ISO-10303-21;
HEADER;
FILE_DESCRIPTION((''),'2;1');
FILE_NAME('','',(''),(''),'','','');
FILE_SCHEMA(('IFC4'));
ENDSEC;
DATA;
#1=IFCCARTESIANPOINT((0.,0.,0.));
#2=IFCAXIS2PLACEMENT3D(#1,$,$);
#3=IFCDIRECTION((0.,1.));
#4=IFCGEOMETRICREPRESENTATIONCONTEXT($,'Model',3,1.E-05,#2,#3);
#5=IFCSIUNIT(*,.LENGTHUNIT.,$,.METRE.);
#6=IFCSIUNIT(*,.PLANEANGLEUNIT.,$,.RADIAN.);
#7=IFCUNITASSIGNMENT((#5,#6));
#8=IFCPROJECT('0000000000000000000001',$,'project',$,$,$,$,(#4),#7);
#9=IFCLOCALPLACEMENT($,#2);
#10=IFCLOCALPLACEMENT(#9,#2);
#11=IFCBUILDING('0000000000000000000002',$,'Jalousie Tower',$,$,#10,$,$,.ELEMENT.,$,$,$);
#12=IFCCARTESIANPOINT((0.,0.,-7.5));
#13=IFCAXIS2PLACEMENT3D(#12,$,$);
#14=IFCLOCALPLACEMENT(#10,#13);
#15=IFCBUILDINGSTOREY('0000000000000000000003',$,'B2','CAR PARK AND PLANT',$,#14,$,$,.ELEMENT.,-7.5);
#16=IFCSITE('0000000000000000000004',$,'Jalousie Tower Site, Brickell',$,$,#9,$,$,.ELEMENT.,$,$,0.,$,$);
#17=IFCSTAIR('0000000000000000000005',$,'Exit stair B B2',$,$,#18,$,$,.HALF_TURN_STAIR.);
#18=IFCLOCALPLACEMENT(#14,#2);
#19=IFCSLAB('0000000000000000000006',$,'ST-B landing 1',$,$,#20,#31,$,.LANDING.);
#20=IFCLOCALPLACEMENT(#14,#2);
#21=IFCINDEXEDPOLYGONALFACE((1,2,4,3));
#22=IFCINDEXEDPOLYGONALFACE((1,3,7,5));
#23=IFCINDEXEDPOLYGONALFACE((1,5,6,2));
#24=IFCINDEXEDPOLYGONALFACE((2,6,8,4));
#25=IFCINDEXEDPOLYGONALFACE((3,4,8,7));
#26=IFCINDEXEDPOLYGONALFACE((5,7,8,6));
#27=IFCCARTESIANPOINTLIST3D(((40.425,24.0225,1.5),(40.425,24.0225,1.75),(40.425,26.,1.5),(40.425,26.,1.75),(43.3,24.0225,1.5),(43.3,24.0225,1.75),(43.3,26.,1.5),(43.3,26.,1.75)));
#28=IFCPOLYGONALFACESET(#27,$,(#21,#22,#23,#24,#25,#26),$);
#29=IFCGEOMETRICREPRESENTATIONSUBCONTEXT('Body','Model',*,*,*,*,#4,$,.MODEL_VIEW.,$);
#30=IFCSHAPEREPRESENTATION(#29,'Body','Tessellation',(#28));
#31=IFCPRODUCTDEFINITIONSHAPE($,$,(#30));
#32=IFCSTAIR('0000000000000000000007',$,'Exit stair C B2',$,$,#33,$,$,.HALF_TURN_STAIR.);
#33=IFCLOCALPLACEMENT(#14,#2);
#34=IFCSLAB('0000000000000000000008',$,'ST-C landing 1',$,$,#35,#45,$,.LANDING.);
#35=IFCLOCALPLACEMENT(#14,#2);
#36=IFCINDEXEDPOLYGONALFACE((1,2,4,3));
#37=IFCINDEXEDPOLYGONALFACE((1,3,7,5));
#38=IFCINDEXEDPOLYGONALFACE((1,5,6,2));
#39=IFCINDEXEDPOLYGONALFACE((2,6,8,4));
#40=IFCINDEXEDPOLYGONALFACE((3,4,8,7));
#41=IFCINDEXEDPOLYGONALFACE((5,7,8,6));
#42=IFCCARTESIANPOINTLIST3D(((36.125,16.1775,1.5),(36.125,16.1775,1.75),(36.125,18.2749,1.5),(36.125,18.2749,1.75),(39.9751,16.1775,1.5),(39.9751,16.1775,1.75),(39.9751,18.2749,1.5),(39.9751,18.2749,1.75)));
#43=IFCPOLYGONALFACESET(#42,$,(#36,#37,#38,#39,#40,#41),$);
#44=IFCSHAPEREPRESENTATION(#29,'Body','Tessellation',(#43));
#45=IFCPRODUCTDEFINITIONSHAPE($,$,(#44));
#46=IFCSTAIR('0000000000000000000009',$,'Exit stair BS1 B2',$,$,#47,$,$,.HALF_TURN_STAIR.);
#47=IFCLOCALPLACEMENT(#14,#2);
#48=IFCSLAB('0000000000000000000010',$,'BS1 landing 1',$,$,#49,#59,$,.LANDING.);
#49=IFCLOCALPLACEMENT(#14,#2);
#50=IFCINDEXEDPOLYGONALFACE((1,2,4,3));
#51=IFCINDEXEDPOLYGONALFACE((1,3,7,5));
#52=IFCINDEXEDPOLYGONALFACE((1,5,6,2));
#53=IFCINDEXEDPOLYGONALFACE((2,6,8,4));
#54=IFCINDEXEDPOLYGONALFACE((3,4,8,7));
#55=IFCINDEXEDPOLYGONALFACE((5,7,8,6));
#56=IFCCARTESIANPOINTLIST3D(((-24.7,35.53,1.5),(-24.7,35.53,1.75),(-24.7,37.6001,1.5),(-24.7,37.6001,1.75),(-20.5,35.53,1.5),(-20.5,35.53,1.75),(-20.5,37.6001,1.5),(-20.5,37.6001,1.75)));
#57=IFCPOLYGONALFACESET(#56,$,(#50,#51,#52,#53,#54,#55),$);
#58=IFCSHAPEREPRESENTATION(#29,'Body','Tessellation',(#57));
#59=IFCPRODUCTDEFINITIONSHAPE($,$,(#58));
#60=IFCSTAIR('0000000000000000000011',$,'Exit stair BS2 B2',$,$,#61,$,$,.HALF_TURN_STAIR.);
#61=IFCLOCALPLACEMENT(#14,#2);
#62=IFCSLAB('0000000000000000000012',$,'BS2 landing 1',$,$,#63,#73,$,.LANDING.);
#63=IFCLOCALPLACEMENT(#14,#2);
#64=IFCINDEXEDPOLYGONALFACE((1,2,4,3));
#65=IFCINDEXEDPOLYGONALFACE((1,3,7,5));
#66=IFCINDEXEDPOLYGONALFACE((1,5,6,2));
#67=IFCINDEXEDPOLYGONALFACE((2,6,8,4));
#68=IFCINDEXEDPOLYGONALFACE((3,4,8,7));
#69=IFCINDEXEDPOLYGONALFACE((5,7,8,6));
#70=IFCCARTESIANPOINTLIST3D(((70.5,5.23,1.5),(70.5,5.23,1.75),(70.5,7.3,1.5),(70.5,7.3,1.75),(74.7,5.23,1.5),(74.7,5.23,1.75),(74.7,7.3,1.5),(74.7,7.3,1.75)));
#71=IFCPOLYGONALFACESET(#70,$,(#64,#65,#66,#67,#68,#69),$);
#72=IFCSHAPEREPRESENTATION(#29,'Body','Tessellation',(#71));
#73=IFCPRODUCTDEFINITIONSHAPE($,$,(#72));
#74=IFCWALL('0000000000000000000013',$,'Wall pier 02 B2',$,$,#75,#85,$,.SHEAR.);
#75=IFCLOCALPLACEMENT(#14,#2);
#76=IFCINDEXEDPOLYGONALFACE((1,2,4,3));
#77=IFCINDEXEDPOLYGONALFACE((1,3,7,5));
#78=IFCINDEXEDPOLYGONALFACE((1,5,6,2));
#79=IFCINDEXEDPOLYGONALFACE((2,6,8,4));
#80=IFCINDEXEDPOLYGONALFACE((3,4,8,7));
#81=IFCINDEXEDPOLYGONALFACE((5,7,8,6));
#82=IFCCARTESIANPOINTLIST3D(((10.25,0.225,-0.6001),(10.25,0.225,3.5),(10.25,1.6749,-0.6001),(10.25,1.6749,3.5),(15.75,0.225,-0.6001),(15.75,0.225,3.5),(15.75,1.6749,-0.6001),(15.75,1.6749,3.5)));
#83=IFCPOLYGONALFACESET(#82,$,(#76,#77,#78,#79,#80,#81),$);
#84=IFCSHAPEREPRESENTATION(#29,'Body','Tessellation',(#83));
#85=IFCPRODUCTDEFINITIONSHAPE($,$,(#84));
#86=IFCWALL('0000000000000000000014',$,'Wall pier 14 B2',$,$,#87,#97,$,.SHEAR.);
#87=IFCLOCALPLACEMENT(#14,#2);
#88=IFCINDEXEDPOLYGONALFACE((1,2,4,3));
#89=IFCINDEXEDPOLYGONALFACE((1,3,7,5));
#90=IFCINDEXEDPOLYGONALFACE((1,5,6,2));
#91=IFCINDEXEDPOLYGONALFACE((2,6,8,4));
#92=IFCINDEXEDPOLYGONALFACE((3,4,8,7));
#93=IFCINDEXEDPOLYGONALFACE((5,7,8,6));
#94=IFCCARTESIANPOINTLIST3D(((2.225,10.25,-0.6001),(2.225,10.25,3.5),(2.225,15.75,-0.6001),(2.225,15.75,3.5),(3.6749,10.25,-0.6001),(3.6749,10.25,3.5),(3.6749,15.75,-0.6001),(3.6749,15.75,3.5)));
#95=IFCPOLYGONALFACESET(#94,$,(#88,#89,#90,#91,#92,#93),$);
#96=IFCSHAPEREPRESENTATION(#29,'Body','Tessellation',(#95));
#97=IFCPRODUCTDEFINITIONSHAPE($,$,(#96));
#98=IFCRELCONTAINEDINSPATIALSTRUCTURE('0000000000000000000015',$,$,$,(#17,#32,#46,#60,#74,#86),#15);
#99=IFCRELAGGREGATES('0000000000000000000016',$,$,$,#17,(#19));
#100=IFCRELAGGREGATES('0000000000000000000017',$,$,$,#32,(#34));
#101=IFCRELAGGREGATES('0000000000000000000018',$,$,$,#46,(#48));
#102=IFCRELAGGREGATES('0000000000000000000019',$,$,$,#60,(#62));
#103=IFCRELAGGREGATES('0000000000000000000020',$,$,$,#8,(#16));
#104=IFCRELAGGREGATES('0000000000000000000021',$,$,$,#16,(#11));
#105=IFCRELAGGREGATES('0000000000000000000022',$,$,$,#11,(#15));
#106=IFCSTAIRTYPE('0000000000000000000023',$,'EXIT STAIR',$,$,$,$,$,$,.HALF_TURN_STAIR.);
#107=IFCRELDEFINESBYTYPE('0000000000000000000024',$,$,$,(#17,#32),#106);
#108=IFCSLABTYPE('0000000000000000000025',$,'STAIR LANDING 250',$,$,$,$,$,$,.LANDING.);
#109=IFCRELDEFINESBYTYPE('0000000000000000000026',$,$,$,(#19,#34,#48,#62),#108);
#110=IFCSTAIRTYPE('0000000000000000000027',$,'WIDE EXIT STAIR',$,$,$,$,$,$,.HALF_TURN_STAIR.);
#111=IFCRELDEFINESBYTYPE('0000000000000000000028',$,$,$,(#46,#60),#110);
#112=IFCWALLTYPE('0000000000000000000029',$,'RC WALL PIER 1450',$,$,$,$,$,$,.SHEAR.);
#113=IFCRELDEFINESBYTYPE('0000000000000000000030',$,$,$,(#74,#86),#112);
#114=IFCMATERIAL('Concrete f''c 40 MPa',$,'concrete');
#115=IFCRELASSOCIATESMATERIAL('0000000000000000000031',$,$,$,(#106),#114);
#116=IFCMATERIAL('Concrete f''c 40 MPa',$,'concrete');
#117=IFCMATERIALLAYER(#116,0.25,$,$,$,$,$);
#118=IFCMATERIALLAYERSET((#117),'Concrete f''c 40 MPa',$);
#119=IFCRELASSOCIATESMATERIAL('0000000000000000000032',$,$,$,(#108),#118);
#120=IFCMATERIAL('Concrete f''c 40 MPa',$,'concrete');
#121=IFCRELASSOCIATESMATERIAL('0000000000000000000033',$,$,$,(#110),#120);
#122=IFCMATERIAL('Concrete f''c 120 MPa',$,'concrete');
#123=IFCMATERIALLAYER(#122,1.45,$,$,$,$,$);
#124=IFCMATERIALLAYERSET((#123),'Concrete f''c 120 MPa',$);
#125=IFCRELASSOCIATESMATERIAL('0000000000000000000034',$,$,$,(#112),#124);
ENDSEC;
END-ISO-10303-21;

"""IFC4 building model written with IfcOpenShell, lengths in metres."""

from ifc_helpers import new_model, si_unit, direction, frame, frame_2d, origin, place, context, subcontext, project, spatial, polyline, rectangle, outline, extrude, material, layer, layer_set, type_object, element, aggregate, save


model = new_model("IFC4")

# Units and contexts
model_context = context("Model", 3, precision=1e-05, world=origin(), true_north=direction((0.0, 1.0)))
body_context = subcontext(model_context, "Body", "Model", "MODEL_VIEW")
ifc_project = project(units=[si_unit("LENGTHUNIT", "METRE"), si_unit("PLANEANGLEUNIT", "RADIAN")], contexts=[model_context])

# Site, building, storey
site_placement = place(None, origin())
site = spatial("IfcSite", under=ifc_project, at=site_placement, Name="Jalousie Tower Site, Brickell", CompositionType="ELEMENT", RefElevation=0.0)
building_placement = place(site_placement, origin())
building = spatial("IfcBuilding", under=site, at=building_placement, Name="Jalousie Tower", CompositionType="ELEMENT")
storey_placement = place(building_placement, frame((0.0, 0.0, -7.5)))
storey = spatial("IfcBuildingStorey", under=building, at=storey_placement, Name="B2", Description="CAR PARK AND PLANT", CompositionType="ELEMENT", Elevation=-7.5)

# Stairs, slabs
ifc_material_1 = material(Name="Concrete f'c 40 MPa", Category="concrete")
stair_type_1 = type_object("IfcStairType", Name="EXIT STAIR", PredefinedType="HALF_TURN_STAIR", material=ifc_material_1)
ifc_material_2 = material(Name="Concrete f'c 40 MPa", Category="concrete")
ifc_layer_1 = layer(ifc_material_2, 0.25)
ifc_layer_set_1 = layer_set([ifc_layer_1], Name="Concrete f'c 40 MPa")
slab_type = type_object("IfcSlabType", Name="STAIR LANDING 250", PredefinedType="LANDING", material=ifc_layer_set_1)
stair_1_placement = place(storey_placement, origin())
stair_1 = element("IfcStair", 1, at=stair_1_placement, inside=storey, type_object=stair_type_1, Name="Exit stair B B2", PredefinedType="HALF_TURN_STAIR")
slab_1_placement = place(storey_placement, frame((0.0, 0.0, 1.5)))
slab_1 = element("IfcSlab", 2, at=slab_1_placement, type_object=slab_type, Name="ST-B landing 1", PredefinedType="LANDING", context=body_context, shape_type="SweptSolid", body=[
    extrude(outline(polyline([(40.425, 24.0225), (43.3, 24.0225), (43.3, 26.0), (40.425, 26.0), (40.425, 24.0225)])), origin(), (0.0, 0.0, 1.0), 0.25),
])
aggregate(stair_1, [slab_1])
stair_2_placement = place(storey_placement, origin())
stair_2 = element("IfcStair", 3, at=stair_2_placement, inside=storey, type_object=stair_type_1, Name="Exit stair C B2", PredefinedType="HALF_TURN_STAIR")
slab_2_placement = place(storey_placement, frame((0.0, 0.0, 1.5)))
slab_2 = element("IfcSlab", 4, at=slab_2_placement, type_object=slab_type, Name="ST-C landing 1", PredefinedType="LANDING", context=body_context, shape_type="SweptSolid", body=[
    extrude(outline(polyline([(36.125, 16.1775), (39.9751, 16.1775), (39.9751, 18.2749), (36.125, 18.2749), (36.125, 16.1775)])), origin(), (0.0, 0.0, 1.0), 0.25),
])
aggregate(stair_2, [slab_2])
ifc_material_3 = material(Name="Concrete f'c 40 MPa", Category="concrete")
stair_type_2 = type_object("IfcStairType", Name="WIDE EXIT STAIR", PredefinedType="HALF_TURN_STAIR", material=ifc_material_3)
stair_3_placement = place(storey_placement, origin())
stair_3 = element("IfcStair", 5, at=stair_3_placement, inside=storey, type_object=stair_type_2, Name="Exit stair BS1 B2", PredefinedType="HALF_TURN_STAIR")
slab_3_placement = place(storey_placement, frame((0.0, 0.0, 1.5)))
slab_3 = element("IfcSlab", 6, at=slab_3_placement, type_object=slab_type, Name="BS1 landing 1", PredefinedType="LANDING", context=body_context, shape_type="SweptSolid", body=[
    extrude(outline(polyline([(-24.7, 35.53), (-20.5, 35.53), (-20.5, 37.6001), (-24.7, 37.6001), (-24.7, 35.53)])), origin(), (0.0, 0.0, 1.0), 0.25),
])
aggregate(stair_3, [slab_3])
stair_4_placement = place(storey_placement, origin())
stair_4 = element("IfcStair", 7, at=stair_4_placement, inside=storey, type_object=stair_type_2, Name="Exit stair BS2 B2", PredefinedType="HALF_TURN_STAIR")
slab_4_placement = place(storey_placement, frame((0.0, 0.0, 1.5)))
slab_4 = element("IfcSlab", 8, at=slab_4_placement, type_object=slab_type, Name="BS2 landing 1", PredefinedType="LANDING", context=body_context, shape_type="SweptSolid", body=[
    extrude(outline(polyline([(70.5, 5.23), (74.7, 5.23), (74.7, 7.3), (70.5, 7.3), (70.5, 5.23)])), origin(), (0.0, 0.0, 1.0), 0.25),
])
aggregate(stair_4, [slab_4])

# Walls
ifc_material_4 = material(Name="Concrete f'c 120 MPa", Category="concrete")
ifc_layer_2 = layer(ifc_material_4, 1.45)
ifc_layer_set_2 = layer_set([ifc_layer_2], Name="Concrete f'c 120 MPa")
wall_type = type_object("IfcWallType", Name="RC WALL PIER 1450", PredefinedType="SHEAR", material=ifc_layer_set_2)
for number, where, z_axis, x_axis, name in (
    (9, (10.25, 0.95, -0.6001), (0.0, 0.0, 1.0), (1.0, 0.0, 0.0), "Wall pier 02 B2"),
    (10, (2.95, 10.25, -0.6001), (0.0, 0.0, 1.0), (0.0, 1.0, 0.0), "Wall pier 14 B2"),
):
    element("IfcWall", number, at=place(storey_placement, frame(where, z_axis=z_axis, x_axis=x_axis)), inside=storey, type_object=wall_type, Name=name, PredefinedType="SHEAR", context=body_context, shape_type="SweptSolid", body=[
        extrude(rectangle(XDim=5.5, YDim=1.45, at=frame_2d((2.75, 0.0))), origin(), (0.0, 0.0, 1.0), 4.1001),
    ])

save(model, "model.ifc")
